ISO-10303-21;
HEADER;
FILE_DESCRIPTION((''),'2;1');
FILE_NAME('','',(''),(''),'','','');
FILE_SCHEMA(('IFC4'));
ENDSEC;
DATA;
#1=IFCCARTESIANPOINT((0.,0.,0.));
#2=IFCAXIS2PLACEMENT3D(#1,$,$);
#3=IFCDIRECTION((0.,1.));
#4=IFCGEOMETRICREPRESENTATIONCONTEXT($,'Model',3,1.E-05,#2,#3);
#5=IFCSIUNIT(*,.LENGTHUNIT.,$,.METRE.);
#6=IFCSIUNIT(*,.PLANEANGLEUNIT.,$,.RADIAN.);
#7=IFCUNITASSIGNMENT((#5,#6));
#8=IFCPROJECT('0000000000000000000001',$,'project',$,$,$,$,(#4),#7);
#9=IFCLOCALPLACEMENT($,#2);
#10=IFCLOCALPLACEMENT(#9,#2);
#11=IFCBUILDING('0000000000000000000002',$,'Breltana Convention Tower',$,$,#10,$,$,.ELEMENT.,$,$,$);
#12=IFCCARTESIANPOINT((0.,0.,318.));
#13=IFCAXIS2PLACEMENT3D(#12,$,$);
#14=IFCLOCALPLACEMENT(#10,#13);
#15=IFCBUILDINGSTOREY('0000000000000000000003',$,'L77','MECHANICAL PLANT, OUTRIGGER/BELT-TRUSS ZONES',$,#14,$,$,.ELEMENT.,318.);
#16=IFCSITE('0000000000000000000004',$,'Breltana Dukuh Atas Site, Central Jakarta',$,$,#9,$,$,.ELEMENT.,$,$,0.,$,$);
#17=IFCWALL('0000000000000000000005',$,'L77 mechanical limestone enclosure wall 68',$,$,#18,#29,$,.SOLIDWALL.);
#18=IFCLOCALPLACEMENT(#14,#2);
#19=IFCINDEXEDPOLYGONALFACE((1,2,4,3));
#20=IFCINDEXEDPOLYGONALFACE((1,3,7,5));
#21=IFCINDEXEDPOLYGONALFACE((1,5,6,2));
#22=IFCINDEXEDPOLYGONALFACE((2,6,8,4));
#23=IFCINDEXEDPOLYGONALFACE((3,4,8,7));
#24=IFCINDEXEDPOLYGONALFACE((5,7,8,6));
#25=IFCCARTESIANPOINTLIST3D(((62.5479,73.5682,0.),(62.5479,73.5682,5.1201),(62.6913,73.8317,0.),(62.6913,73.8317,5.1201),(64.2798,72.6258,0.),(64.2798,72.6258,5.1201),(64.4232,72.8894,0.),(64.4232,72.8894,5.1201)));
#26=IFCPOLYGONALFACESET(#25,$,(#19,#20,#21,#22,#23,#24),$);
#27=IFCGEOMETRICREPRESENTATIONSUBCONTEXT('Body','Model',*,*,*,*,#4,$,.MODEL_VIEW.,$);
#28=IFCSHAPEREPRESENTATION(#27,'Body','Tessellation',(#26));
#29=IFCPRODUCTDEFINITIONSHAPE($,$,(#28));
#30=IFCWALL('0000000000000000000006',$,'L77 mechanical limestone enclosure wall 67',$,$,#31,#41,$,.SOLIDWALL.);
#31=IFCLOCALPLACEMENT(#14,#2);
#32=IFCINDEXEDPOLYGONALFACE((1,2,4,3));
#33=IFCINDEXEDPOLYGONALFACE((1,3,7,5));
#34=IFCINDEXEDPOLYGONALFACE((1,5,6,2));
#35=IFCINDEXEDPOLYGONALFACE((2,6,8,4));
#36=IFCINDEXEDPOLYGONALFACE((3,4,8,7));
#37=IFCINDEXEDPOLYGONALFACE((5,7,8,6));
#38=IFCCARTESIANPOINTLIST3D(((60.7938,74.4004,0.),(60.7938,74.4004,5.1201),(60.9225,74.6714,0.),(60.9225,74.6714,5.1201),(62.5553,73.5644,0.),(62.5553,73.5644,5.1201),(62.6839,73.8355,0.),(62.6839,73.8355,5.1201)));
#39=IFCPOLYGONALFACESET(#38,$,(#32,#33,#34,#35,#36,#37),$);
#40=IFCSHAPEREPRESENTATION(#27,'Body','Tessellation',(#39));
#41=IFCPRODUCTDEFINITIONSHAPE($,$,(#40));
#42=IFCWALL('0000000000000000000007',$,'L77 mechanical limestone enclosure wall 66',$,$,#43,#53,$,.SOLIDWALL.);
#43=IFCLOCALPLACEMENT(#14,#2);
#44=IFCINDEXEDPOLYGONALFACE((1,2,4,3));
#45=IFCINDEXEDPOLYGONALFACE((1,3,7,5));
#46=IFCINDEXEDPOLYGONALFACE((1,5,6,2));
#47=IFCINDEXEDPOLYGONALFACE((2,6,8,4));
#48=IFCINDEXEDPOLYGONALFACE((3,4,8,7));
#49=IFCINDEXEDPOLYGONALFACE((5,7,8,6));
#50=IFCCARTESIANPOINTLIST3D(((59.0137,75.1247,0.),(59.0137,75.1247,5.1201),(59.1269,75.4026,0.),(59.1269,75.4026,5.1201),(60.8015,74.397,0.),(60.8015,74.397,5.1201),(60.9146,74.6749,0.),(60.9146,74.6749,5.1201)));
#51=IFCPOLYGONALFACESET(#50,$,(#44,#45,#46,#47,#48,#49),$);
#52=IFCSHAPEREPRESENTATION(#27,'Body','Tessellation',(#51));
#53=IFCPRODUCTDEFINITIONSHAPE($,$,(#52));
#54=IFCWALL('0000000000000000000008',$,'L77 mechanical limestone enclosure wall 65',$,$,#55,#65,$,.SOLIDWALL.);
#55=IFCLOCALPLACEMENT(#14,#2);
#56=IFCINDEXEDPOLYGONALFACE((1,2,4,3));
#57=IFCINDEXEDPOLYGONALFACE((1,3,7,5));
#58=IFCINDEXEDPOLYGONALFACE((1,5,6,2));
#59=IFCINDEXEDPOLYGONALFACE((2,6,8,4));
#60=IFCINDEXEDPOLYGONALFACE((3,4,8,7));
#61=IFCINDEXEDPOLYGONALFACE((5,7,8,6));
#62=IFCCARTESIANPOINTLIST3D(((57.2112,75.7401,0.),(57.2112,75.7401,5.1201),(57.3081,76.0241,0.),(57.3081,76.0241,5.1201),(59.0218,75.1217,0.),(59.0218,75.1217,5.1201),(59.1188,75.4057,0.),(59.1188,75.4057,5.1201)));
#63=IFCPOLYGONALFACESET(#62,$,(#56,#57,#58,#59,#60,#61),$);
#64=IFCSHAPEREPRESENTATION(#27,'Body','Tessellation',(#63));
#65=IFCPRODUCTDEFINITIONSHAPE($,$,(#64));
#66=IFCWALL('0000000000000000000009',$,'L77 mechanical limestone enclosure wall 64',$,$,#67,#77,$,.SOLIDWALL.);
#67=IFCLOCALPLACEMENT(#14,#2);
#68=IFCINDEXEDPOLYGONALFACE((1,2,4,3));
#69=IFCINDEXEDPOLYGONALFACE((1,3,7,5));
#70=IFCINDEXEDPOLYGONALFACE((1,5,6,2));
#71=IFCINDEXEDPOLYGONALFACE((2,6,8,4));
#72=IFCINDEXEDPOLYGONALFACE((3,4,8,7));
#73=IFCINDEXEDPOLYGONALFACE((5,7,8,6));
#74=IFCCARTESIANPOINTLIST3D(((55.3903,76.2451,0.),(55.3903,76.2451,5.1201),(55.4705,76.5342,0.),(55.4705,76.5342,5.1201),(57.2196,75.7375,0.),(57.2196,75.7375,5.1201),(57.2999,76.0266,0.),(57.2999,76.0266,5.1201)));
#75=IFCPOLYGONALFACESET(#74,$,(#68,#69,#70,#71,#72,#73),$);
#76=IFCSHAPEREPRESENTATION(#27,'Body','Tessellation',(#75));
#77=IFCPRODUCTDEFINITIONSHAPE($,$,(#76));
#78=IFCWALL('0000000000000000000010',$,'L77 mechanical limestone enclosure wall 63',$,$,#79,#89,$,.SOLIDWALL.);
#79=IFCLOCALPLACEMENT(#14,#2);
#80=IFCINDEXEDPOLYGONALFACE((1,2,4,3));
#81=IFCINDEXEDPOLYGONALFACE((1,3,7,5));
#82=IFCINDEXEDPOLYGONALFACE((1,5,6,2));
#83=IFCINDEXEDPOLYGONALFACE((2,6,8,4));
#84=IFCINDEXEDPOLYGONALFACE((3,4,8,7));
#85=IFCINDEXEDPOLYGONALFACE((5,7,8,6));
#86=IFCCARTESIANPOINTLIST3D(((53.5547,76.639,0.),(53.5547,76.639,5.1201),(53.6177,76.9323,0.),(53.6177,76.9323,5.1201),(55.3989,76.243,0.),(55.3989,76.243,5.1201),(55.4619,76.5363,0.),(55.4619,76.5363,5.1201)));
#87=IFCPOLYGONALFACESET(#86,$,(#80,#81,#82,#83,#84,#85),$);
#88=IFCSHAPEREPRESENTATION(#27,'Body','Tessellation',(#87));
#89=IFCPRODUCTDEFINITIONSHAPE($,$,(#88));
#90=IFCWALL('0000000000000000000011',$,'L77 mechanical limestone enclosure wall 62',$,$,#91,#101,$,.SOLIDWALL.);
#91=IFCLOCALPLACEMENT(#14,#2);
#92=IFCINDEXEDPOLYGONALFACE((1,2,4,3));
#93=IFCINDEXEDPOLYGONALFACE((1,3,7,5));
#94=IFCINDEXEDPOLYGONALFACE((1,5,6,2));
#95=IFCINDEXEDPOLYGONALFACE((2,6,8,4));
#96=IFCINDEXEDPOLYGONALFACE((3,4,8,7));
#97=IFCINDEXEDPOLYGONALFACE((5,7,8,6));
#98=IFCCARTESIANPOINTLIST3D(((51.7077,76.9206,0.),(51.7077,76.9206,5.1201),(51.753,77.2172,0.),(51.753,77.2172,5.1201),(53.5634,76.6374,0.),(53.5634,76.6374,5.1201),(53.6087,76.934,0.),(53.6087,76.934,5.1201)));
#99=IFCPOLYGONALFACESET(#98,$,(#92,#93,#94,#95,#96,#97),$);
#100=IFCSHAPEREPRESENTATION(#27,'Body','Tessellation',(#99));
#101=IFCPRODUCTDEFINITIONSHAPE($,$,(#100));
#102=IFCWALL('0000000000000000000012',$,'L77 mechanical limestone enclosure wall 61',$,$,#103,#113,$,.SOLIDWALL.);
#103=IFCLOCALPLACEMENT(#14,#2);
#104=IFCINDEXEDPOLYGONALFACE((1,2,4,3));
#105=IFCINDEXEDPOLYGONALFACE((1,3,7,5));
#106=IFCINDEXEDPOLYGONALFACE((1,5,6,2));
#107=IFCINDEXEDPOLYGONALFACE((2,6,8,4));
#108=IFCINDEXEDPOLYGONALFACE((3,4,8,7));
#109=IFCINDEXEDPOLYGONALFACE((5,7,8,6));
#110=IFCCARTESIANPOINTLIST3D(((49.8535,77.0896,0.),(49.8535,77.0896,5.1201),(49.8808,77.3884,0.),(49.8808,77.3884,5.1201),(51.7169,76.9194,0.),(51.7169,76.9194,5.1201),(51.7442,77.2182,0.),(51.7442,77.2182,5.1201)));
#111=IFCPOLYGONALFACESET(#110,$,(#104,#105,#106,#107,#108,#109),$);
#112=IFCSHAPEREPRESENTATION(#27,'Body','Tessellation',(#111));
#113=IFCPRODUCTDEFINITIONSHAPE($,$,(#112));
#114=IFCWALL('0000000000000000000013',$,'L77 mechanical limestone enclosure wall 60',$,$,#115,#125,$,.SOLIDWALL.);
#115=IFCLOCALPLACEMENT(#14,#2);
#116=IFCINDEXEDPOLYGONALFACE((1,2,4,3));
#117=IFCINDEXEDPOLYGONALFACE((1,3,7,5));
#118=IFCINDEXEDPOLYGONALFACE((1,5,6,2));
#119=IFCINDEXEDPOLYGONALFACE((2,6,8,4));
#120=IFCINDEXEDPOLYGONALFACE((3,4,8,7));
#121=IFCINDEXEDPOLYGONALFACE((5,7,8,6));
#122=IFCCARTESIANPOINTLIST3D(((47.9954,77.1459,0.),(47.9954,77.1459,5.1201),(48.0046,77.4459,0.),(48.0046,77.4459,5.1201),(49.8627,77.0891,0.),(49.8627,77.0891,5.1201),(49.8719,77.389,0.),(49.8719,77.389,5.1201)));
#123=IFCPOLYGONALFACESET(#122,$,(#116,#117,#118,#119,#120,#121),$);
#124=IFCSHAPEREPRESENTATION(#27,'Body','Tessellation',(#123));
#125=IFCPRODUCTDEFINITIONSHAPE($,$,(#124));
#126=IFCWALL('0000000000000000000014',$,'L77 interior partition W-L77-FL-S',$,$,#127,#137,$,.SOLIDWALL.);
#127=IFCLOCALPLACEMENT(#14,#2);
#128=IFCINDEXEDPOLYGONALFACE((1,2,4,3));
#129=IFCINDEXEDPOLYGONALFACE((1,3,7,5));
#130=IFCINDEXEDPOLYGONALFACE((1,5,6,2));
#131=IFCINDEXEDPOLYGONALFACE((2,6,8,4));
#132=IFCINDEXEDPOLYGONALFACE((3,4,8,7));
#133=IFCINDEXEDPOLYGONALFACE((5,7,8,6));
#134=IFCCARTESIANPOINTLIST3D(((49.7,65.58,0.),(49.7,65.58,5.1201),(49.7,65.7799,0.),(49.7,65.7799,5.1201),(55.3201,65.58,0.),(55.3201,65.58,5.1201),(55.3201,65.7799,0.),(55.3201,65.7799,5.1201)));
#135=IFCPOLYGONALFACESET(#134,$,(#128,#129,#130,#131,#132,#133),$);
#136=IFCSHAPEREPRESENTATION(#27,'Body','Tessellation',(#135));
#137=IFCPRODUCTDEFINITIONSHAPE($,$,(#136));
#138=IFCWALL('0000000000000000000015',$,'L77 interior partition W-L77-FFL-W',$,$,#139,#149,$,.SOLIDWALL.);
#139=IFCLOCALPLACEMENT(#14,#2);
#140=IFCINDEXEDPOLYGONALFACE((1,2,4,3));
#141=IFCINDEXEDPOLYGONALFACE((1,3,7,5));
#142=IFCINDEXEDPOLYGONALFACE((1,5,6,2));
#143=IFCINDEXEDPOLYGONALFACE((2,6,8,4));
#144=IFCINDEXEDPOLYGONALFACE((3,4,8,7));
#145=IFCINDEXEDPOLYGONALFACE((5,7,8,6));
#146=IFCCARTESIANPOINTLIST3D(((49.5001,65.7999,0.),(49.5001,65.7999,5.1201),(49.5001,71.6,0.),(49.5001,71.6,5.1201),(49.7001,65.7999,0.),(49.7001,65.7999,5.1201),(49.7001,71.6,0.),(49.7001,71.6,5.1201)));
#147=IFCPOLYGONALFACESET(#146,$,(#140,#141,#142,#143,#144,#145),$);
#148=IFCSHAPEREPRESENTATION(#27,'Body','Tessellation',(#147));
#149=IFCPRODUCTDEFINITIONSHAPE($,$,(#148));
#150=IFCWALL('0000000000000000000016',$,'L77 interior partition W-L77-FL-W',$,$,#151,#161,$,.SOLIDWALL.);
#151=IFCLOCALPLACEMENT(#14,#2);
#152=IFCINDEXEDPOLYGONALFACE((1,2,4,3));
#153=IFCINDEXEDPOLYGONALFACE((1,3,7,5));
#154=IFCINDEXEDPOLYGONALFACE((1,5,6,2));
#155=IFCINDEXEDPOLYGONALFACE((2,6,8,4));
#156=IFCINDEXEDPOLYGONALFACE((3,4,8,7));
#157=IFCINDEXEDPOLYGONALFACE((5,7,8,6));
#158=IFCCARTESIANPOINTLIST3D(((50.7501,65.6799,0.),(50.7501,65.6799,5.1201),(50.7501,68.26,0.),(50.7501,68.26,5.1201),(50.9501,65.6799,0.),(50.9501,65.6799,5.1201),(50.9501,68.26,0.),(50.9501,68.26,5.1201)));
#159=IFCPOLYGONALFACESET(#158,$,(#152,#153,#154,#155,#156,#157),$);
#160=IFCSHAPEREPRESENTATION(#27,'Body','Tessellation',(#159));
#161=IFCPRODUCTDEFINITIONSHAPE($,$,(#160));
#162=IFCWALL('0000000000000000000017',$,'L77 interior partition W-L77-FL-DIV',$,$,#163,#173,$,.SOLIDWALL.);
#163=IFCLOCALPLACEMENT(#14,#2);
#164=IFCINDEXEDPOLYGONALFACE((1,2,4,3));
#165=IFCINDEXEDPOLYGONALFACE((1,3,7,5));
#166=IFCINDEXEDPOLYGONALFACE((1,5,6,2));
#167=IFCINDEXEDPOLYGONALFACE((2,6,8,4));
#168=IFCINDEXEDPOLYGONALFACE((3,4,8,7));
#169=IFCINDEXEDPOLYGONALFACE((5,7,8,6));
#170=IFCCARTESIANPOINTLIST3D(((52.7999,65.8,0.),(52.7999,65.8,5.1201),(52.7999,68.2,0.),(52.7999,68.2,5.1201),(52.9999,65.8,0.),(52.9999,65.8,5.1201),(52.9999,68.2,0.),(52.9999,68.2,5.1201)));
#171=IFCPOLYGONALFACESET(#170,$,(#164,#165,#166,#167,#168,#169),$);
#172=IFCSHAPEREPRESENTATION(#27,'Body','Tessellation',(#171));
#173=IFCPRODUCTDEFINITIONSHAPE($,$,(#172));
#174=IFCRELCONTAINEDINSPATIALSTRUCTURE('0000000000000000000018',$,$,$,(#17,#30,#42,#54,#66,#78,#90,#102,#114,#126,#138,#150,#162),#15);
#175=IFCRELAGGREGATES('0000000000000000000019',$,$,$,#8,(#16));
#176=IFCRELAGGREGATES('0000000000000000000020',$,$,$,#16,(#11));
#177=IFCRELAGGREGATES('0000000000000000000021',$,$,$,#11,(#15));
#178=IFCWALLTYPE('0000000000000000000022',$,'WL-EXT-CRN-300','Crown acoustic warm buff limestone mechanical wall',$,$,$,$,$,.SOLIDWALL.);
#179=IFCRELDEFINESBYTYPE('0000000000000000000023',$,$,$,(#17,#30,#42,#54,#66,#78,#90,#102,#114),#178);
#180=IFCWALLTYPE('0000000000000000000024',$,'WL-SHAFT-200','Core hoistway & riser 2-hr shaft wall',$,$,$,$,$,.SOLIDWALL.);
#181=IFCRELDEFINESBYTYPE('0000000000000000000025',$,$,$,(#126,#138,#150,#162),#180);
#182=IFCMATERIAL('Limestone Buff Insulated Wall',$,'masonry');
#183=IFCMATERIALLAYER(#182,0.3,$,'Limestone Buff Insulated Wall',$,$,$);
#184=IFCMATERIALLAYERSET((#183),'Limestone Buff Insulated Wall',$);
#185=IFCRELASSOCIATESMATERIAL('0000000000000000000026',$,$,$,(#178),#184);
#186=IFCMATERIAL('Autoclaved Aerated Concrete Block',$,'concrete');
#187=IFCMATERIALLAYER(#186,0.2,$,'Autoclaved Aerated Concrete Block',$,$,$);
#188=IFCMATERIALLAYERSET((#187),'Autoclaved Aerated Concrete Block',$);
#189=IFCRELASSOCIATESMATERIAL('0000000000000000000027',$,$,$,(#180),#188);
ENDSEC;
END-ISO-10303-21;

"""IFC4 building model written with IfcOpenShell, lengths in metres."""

from ifc_helpers import new_model, si_unit, direction, frame, frame_2d, origin, place, context, subcontext, project, spatial, rectangle, extrude, source, transform, mapped, material, layer, layer_set, type_object, element, save


model = new_model("IFC4")

# Units and contexts
model_context = context("Model", 3, precision=1e-05, world=origin(), true_north=direction((0.0, 1.0)))
body_context = subcontext(model_context, "Body", "Model", "MODEL_VIEW")
ifc_project = project(units=[si_unit("LENGTHUNIT", "METRE"), si_unit("PLANEANGLEUNIT", "RADIAN")], contexts=[model_context])

# Site, building, storey
site_placement = place(None, origin())
site = spatial("IfcSite", under=ifc_project, at=site_placement, Name="Breltana Dukuh Atas Site, Central Jakarta", CompositionType="ELEMENT", RefElevation=0.0)
building_placement = place(site_placement, origin())
building = spatial("IfcBuilding", under=site, at=building_placement, Name="Breltana Convention Tower", CompositionType="ELEMENT")
storey_placement = place(building_placement, frame((0.0, 0.0, 318.0)))
storey = spatial("IfcBuildingStorey", under=building, at=storey_placement, Name="L77", Description="MECHANICAL PLANT, OUTRIGGER/BELT-TRUSS ZONES", CompositionType="ELEMENT", Elevation=318.0)

# Walls
ifc_material_1 = material(Name="Limestone Buff Insulated Wall", Category="masonry")
ifc_layer_1 = layer(ifc_material_1, 0.3, Name="Limestone Buff Insulated Wall")
ifc_layer_set_1 = layer_set([ifc_layer_1], Name="Limestone Buff Insulated Wall")
wall_type_1 = type_object("IfcWallType", Name="WL-EXT-CRN-300", Description="Crown acoustic warm buff limestone mechanical wall", PredefinedType="SOLIDWALL", material=ifc_layer_set_1)
shared_shape_1 = source(origin(), body_context, "Body", "SweptSolid", [
    extrude(rectangle(XDim=1.9717, YDim=0.3, at=frame_2d((0.9858, 0.0))), origin(), (0.0, 0.0, 1.0), 5.1201),
])
wall_1_placement = place(storey_placement, frame((62.6196, 73.7, 0.0), z_axis=(0.0, 0.0, 1.0), x_axis=(0.878387, -0.47795, 0.0)))
element("IfcWall", 1, at=wall_1_placement, inside=storey, type_object=wall_type_1, Name="L77 mechanical limestone enclosure wall 68", PredefinedType="SOLIDWALL", context=body_context, shape_type="MappedRepresentation", body=[
    mapped(shared_shape_1, transform((0.0, 0.0, 0.0), scale=1.0)),
])
shared_shape_2 = source(origin(), body_context, "Body", "SweptSolid", [
    extrude(rectangle(XDim=1.9497, YDim=0.3, at=frame_2d((0.9749, 0.0))), origin(), (0.0, 0.0, 1.0), 5.1201),
])
wall_2_placement = place(storey_placement, frame((60.8582, 74.5359, 0.0), z_axis=(0.0, 0.0, 1.0), x_axis=(0.903429, -0.428738, 0.0)))
element("IfcWall", 2, at=wall_2_placement, inside=storey, type_object=wall_type_1, Name="L77 mechanical limestone enclosure wall 67", PredefinedType="SOLIDWALL", context=body_context, shape_type="MappedRepresentation", body=[
    mapped(shared_shape_2, transform((0.0, 0.0, 0.0), scale=1.0)),
])
shared_shape_3 = source(origin(), body_context, "Body", "SweptSolid", [
    extrude(rectangle(XDim=1.9302, YDim=0.3, at=frame_2d((0.9651, 0.0))), origin(), (0.0, 0.0, 1.0), 5.1201),
])
wall_3_placement = place(storey_placement, frame((59.0703, 75.2637, 0.0), z_axis=(0.0, 0.0, 1.0), x_axis=(0.9262, -0.377032, 0.0)))
element("IfcWall", 3, at=wall_3_placement, inside=storey, type_object=wall_type_1, Name="L77 mechanical limestone enclosure wall 66", PredefinedType="SOLIDWALL", context=body_context, shape_type="MappedRepresentation", body=[
    mapped(shared_shape_3, transform((0.0, 0.0, 0.0), scale=1.0)),
])
shared_shape_4 = source(origin(), body_context, "Body", "SweptSolid", [
    extrude(rectangle(XDim=1.9133, YDim=0.3, at=frame_2d((0.9565, 0.0))), origin(), (0.0, 0.0, 1.0), 5.1201),
])
wall_4_placement = place(storey_placement, frame((57.2598, 75.8821, 0.0), z_axis=(0.0, 0.0, 1.0), x_axis=(0.946322, -0.323225, 0.0)))
element("IfcWall", 4, at=wall_4_placement, inside=storey, type_object=wall_type_1, Name="L77 mechanical limestone enclosure wall 65", PredefinedType="SOLIDWALL", context=body_context, shape_type="MappedRepresentation", body=[
    mapped(shared_shape_4, transform((0.0, 0.0, 0.0), scale=1.0)),
])
shared_shape_5 = source(origin(), body_context, "Body", "SweptSolid", [
    extrude(rectangle(XDim=1.8984, YDim=0.3, at=frame_2d((0.9492, 0.0))), origin(), (0.0, 0.0, 1.0), 5.1201),
])
wall_5_placement = place(storey_placement, frame((55.4304, 76.3896, 0.0), z_axis=(0.0, 0.0, 1.0), x_axis=(0.963597, -0.267359, 0.0)))
element("IfcWall", 5, at=wall_5_placement, inside=storey, type_object=wall_type_1, Name="L77 mechanical limestone enclosure wall 64", PredefinedType="SOLIDWALL", context=body_context, shape_type="MappedRepresentation", body=[
    mapped(shared_shape_5, transform((0.0, 0.0, 0.0), scale=1.0)),
])
shared_shape_6 = source(origin(), body_context, "Body", "SweptSolid", [
    extrude(rectangle(XDim=1.8862, YDim=0.3, at=frame_2d((0.9431, 0.0))), origin(), (0.0, 0.0, 1.0), 5.1201),
])
wall_6_placement = place(storey_placement, frame((53.5862, 76.7856, 0.0), z_axis=(0.0, 0.0, 1.0), x_axis=(0.977715, -0.209936, 0.0)))
element("IfcWall", 6, at=wall_6_placement, inside=storey, type_object=wall_type_1, Name="L77 mechanical limestone enclosure wall 63", PredefinedType="SOLIDWALL", context=body_context, shape_type="MappedRepresentation", body=[
    mapped(shared_shape_6, transform((0.0, 0.0, 0.0), scale=1.0)),
])
shared_shape_7 = source(origin(), body_context, "Body", "SweptSolid", [
    extrude(rectangle(XDim=1.8772, YDim=0.3, at=frame_2d((0.9385, 0.0))), origin(), (0.0, 0.0, 1.0), 5.1201),
])
wall_7_placement = place(storey_placement, frame((51.7305, 77.0688, 0.0), z_axis=(0.0, 0.0, 1.0), x_axis=(0.988554, -0.150865, 0.0)))
element("IfcWall", 7, at=wall_7_placement, inside=storey, type_object=wall_type_1, Name="L77 mechanical limestone enclosure wall 62", PredefinedType="SOLIDWALL", context=body_context, shape_type="MappedRepresentation", body=[
    mapped(shared_shape_7, transform((0.0, 0.0, 0.0), scale=1.0)),
])
shared_shape_8 = source(origin(), body_context, "Body", "SweptSolid", [
    extrude(rectangle(XDim=1.8711, YDim=0.3, at=frame_2d((0.9355, 0.0))), origin(), (0.0, 0.0, 1.0), 5.1201),
])
wall_8_placement = place(storey_placement, frame((49.8672, 77.239, 0.0), z_axis=(0.0, 0.0, 1.0), x_axis=(0.995856, -0.090948, 0.0)))
element("IfcWall", 8, at=wall_8_placement, inside=storey, type_object=wall_type_1, Name="L77 mechanical limestone enclosure wall 61", PredefinedType="SOLIDWALL", context=body_context, shape_type="MappedRepresentation", body=[
    mapped(shared_shape_8, transform((0.0, 0.0, 0.0), scale=1.0)),
])
shared_shape_9 = source(origin(), body_context, "Body", "SweptSolid", [
    extrude(rectangle(XDim=1.8682, YDim=0.3, at=frame_2d((0.9341, 0.0))), origin(), (0.0, 0.0, 1.0), 5.1201),
])
wall_9_placement = place(storey_placement, frame((48.0, 77.2959, 0.0), z_axis=(0.0, 0.0, 1.0), x_axis=(0.999536, -0.030451, 0.0)))
element("IfcWall", 9, at=wall_9_placement, inside=storey, type_object=wall_type_1, Name="L77 mechanical limestone enclosure wall 60", PredefinedType="SOLIDWALL", context=body_context, shape_type="MappedRepresentation", body=[
    mapped(shared_shape_9, transform((0.0, 0.0, 0.0), scale=1.0)),
])

# Shared definitions
ifc_material_2 = material(Name="Autoclaved Aerated Concrete Block", Category="concrete")
ifc_layer_2 = layer(ifc_material_2, 0.2, Name="Autoclaved Aerated Concrete Block")
ifc_layer_set_2 = layer_set([ifc_layer_2], Name="Autoclaved Aerated Concrete Block")
wall_type_2 = type_object("IfcWallType", Name="WL-SHAFT-200", Description="Core hoistway & riser 2-hr shaft wall", PredefinedType="SOLIDWALL", material=ifc_layer_set_2)
shared_shape_10 = source(origin(), body_context, "Body", "SweptSolid", [
    extrude(rectangle(XDim=5.6201, YDim=0.2, at=frame_2d((2.8101, 0.0))), origin(), (0.0, 0.0, 1.0), 5.1201),
])

# Walls
wall_10_placement = place(storey_placement, frame((49.7, 65.6799, 0.0), z_axis=(0.0, 0.0, 1.0), x_axis=(1.0, 0.0, 0.0)))
element("IfcWall", 10, at=wall_10_placement, inside=storey, type_object=wall_type_2, Name="L77 interior partition W-L77-FL-S", PredefinedType="SOLIDWALL", context=body_context, shape_type="MappedRepresentation", body=[
    mapped(shared_shape_10, transform((0.0, 0.0, 0.0), scale=1.0)),
])
shared_shape_11 = source(origin(), body_context, "Body", "SweptSolid", [
    extrude(rectangle(XDim=5.8, YDim=0.2, at=frame_2d((2.8999, 0.0))), origin(), (0.0, 0.0, 1.0), 5.1201),
])
wall_11_placement = place(storey_placement, frame((49.6001, 65.8, 0.0), z_axis=(0.0, 0.0, 1.0), x_axis=(0.0, 1.0, 0.0)))
element("IfcWall", 11, at=wall_11_placement, inside=storey, type_object=wall_type_2, Name="L77 interior partition W-L77-FFL-W", PredefinedType="SOLIDWALL", context=body_context, shape_type="MappedRepresentation", body=[
    mapped(shared_shape_11, transform((0.0, 0.0, 0.0), scale=1.0)),
])
shared_shape_12 = source(origin(), body_context, "Body", "SweptSolid", [
    extrude(rectangle(XDim=2.5801, YDim=0.2, at=frame_2d((1.29, 0.0))), origin(), (0.0, 0.0, 1.0), 5.1201),
])
wall_12_placement = place(storey_placement, frame((50.8501, 65.6799, 0.0), z_axis=(0.0, 0.0, 1.0), x_axis=(0.0, 1.0, 0.0)))
element("IfcWall", 12, at=wall_12_placement, inside=storey, type_object=wall_type_2, Name="L77 interior partition W-L77-FL-W", PredefinedType="SOLIDWALL", context=body_context, shape_type="MappedRepresentation", body=[
    mapped(shared_shape_12, transform((0.0, 0.0, 0.0), scale=1.0)),
])
shared_shape_13 = source(origin(), body_context, "Body", "SweptSolid", [
    extrude(rectangle(XDim=2.3999, YDim=0.2, at=frame_2d((1.2, 0.0))), origin(), (0.0, 0.0, 1.0), 5.1201),
])
wall_13_placement = place(storey_placement, frame((52.8999, 65.8, 0.0), z_axis=(0.0, 0.0, 1.0), x_axis=(0.0, 1.0, 0.0)))
element("IfcWall", 13, at=wall_13_placement, inside=storey, type_object=wall_type_2, Name="L77 interior partition W-L77-FL-DIV", PredefinedType="SOLIDWALL", context=body_context, shape_type="MappedRepresentation", body=[
    mapped(shared_shape_13, transform((0.0, 0.0, 0.0), scale=1.0)),
])

save(model, "model.ifc")
